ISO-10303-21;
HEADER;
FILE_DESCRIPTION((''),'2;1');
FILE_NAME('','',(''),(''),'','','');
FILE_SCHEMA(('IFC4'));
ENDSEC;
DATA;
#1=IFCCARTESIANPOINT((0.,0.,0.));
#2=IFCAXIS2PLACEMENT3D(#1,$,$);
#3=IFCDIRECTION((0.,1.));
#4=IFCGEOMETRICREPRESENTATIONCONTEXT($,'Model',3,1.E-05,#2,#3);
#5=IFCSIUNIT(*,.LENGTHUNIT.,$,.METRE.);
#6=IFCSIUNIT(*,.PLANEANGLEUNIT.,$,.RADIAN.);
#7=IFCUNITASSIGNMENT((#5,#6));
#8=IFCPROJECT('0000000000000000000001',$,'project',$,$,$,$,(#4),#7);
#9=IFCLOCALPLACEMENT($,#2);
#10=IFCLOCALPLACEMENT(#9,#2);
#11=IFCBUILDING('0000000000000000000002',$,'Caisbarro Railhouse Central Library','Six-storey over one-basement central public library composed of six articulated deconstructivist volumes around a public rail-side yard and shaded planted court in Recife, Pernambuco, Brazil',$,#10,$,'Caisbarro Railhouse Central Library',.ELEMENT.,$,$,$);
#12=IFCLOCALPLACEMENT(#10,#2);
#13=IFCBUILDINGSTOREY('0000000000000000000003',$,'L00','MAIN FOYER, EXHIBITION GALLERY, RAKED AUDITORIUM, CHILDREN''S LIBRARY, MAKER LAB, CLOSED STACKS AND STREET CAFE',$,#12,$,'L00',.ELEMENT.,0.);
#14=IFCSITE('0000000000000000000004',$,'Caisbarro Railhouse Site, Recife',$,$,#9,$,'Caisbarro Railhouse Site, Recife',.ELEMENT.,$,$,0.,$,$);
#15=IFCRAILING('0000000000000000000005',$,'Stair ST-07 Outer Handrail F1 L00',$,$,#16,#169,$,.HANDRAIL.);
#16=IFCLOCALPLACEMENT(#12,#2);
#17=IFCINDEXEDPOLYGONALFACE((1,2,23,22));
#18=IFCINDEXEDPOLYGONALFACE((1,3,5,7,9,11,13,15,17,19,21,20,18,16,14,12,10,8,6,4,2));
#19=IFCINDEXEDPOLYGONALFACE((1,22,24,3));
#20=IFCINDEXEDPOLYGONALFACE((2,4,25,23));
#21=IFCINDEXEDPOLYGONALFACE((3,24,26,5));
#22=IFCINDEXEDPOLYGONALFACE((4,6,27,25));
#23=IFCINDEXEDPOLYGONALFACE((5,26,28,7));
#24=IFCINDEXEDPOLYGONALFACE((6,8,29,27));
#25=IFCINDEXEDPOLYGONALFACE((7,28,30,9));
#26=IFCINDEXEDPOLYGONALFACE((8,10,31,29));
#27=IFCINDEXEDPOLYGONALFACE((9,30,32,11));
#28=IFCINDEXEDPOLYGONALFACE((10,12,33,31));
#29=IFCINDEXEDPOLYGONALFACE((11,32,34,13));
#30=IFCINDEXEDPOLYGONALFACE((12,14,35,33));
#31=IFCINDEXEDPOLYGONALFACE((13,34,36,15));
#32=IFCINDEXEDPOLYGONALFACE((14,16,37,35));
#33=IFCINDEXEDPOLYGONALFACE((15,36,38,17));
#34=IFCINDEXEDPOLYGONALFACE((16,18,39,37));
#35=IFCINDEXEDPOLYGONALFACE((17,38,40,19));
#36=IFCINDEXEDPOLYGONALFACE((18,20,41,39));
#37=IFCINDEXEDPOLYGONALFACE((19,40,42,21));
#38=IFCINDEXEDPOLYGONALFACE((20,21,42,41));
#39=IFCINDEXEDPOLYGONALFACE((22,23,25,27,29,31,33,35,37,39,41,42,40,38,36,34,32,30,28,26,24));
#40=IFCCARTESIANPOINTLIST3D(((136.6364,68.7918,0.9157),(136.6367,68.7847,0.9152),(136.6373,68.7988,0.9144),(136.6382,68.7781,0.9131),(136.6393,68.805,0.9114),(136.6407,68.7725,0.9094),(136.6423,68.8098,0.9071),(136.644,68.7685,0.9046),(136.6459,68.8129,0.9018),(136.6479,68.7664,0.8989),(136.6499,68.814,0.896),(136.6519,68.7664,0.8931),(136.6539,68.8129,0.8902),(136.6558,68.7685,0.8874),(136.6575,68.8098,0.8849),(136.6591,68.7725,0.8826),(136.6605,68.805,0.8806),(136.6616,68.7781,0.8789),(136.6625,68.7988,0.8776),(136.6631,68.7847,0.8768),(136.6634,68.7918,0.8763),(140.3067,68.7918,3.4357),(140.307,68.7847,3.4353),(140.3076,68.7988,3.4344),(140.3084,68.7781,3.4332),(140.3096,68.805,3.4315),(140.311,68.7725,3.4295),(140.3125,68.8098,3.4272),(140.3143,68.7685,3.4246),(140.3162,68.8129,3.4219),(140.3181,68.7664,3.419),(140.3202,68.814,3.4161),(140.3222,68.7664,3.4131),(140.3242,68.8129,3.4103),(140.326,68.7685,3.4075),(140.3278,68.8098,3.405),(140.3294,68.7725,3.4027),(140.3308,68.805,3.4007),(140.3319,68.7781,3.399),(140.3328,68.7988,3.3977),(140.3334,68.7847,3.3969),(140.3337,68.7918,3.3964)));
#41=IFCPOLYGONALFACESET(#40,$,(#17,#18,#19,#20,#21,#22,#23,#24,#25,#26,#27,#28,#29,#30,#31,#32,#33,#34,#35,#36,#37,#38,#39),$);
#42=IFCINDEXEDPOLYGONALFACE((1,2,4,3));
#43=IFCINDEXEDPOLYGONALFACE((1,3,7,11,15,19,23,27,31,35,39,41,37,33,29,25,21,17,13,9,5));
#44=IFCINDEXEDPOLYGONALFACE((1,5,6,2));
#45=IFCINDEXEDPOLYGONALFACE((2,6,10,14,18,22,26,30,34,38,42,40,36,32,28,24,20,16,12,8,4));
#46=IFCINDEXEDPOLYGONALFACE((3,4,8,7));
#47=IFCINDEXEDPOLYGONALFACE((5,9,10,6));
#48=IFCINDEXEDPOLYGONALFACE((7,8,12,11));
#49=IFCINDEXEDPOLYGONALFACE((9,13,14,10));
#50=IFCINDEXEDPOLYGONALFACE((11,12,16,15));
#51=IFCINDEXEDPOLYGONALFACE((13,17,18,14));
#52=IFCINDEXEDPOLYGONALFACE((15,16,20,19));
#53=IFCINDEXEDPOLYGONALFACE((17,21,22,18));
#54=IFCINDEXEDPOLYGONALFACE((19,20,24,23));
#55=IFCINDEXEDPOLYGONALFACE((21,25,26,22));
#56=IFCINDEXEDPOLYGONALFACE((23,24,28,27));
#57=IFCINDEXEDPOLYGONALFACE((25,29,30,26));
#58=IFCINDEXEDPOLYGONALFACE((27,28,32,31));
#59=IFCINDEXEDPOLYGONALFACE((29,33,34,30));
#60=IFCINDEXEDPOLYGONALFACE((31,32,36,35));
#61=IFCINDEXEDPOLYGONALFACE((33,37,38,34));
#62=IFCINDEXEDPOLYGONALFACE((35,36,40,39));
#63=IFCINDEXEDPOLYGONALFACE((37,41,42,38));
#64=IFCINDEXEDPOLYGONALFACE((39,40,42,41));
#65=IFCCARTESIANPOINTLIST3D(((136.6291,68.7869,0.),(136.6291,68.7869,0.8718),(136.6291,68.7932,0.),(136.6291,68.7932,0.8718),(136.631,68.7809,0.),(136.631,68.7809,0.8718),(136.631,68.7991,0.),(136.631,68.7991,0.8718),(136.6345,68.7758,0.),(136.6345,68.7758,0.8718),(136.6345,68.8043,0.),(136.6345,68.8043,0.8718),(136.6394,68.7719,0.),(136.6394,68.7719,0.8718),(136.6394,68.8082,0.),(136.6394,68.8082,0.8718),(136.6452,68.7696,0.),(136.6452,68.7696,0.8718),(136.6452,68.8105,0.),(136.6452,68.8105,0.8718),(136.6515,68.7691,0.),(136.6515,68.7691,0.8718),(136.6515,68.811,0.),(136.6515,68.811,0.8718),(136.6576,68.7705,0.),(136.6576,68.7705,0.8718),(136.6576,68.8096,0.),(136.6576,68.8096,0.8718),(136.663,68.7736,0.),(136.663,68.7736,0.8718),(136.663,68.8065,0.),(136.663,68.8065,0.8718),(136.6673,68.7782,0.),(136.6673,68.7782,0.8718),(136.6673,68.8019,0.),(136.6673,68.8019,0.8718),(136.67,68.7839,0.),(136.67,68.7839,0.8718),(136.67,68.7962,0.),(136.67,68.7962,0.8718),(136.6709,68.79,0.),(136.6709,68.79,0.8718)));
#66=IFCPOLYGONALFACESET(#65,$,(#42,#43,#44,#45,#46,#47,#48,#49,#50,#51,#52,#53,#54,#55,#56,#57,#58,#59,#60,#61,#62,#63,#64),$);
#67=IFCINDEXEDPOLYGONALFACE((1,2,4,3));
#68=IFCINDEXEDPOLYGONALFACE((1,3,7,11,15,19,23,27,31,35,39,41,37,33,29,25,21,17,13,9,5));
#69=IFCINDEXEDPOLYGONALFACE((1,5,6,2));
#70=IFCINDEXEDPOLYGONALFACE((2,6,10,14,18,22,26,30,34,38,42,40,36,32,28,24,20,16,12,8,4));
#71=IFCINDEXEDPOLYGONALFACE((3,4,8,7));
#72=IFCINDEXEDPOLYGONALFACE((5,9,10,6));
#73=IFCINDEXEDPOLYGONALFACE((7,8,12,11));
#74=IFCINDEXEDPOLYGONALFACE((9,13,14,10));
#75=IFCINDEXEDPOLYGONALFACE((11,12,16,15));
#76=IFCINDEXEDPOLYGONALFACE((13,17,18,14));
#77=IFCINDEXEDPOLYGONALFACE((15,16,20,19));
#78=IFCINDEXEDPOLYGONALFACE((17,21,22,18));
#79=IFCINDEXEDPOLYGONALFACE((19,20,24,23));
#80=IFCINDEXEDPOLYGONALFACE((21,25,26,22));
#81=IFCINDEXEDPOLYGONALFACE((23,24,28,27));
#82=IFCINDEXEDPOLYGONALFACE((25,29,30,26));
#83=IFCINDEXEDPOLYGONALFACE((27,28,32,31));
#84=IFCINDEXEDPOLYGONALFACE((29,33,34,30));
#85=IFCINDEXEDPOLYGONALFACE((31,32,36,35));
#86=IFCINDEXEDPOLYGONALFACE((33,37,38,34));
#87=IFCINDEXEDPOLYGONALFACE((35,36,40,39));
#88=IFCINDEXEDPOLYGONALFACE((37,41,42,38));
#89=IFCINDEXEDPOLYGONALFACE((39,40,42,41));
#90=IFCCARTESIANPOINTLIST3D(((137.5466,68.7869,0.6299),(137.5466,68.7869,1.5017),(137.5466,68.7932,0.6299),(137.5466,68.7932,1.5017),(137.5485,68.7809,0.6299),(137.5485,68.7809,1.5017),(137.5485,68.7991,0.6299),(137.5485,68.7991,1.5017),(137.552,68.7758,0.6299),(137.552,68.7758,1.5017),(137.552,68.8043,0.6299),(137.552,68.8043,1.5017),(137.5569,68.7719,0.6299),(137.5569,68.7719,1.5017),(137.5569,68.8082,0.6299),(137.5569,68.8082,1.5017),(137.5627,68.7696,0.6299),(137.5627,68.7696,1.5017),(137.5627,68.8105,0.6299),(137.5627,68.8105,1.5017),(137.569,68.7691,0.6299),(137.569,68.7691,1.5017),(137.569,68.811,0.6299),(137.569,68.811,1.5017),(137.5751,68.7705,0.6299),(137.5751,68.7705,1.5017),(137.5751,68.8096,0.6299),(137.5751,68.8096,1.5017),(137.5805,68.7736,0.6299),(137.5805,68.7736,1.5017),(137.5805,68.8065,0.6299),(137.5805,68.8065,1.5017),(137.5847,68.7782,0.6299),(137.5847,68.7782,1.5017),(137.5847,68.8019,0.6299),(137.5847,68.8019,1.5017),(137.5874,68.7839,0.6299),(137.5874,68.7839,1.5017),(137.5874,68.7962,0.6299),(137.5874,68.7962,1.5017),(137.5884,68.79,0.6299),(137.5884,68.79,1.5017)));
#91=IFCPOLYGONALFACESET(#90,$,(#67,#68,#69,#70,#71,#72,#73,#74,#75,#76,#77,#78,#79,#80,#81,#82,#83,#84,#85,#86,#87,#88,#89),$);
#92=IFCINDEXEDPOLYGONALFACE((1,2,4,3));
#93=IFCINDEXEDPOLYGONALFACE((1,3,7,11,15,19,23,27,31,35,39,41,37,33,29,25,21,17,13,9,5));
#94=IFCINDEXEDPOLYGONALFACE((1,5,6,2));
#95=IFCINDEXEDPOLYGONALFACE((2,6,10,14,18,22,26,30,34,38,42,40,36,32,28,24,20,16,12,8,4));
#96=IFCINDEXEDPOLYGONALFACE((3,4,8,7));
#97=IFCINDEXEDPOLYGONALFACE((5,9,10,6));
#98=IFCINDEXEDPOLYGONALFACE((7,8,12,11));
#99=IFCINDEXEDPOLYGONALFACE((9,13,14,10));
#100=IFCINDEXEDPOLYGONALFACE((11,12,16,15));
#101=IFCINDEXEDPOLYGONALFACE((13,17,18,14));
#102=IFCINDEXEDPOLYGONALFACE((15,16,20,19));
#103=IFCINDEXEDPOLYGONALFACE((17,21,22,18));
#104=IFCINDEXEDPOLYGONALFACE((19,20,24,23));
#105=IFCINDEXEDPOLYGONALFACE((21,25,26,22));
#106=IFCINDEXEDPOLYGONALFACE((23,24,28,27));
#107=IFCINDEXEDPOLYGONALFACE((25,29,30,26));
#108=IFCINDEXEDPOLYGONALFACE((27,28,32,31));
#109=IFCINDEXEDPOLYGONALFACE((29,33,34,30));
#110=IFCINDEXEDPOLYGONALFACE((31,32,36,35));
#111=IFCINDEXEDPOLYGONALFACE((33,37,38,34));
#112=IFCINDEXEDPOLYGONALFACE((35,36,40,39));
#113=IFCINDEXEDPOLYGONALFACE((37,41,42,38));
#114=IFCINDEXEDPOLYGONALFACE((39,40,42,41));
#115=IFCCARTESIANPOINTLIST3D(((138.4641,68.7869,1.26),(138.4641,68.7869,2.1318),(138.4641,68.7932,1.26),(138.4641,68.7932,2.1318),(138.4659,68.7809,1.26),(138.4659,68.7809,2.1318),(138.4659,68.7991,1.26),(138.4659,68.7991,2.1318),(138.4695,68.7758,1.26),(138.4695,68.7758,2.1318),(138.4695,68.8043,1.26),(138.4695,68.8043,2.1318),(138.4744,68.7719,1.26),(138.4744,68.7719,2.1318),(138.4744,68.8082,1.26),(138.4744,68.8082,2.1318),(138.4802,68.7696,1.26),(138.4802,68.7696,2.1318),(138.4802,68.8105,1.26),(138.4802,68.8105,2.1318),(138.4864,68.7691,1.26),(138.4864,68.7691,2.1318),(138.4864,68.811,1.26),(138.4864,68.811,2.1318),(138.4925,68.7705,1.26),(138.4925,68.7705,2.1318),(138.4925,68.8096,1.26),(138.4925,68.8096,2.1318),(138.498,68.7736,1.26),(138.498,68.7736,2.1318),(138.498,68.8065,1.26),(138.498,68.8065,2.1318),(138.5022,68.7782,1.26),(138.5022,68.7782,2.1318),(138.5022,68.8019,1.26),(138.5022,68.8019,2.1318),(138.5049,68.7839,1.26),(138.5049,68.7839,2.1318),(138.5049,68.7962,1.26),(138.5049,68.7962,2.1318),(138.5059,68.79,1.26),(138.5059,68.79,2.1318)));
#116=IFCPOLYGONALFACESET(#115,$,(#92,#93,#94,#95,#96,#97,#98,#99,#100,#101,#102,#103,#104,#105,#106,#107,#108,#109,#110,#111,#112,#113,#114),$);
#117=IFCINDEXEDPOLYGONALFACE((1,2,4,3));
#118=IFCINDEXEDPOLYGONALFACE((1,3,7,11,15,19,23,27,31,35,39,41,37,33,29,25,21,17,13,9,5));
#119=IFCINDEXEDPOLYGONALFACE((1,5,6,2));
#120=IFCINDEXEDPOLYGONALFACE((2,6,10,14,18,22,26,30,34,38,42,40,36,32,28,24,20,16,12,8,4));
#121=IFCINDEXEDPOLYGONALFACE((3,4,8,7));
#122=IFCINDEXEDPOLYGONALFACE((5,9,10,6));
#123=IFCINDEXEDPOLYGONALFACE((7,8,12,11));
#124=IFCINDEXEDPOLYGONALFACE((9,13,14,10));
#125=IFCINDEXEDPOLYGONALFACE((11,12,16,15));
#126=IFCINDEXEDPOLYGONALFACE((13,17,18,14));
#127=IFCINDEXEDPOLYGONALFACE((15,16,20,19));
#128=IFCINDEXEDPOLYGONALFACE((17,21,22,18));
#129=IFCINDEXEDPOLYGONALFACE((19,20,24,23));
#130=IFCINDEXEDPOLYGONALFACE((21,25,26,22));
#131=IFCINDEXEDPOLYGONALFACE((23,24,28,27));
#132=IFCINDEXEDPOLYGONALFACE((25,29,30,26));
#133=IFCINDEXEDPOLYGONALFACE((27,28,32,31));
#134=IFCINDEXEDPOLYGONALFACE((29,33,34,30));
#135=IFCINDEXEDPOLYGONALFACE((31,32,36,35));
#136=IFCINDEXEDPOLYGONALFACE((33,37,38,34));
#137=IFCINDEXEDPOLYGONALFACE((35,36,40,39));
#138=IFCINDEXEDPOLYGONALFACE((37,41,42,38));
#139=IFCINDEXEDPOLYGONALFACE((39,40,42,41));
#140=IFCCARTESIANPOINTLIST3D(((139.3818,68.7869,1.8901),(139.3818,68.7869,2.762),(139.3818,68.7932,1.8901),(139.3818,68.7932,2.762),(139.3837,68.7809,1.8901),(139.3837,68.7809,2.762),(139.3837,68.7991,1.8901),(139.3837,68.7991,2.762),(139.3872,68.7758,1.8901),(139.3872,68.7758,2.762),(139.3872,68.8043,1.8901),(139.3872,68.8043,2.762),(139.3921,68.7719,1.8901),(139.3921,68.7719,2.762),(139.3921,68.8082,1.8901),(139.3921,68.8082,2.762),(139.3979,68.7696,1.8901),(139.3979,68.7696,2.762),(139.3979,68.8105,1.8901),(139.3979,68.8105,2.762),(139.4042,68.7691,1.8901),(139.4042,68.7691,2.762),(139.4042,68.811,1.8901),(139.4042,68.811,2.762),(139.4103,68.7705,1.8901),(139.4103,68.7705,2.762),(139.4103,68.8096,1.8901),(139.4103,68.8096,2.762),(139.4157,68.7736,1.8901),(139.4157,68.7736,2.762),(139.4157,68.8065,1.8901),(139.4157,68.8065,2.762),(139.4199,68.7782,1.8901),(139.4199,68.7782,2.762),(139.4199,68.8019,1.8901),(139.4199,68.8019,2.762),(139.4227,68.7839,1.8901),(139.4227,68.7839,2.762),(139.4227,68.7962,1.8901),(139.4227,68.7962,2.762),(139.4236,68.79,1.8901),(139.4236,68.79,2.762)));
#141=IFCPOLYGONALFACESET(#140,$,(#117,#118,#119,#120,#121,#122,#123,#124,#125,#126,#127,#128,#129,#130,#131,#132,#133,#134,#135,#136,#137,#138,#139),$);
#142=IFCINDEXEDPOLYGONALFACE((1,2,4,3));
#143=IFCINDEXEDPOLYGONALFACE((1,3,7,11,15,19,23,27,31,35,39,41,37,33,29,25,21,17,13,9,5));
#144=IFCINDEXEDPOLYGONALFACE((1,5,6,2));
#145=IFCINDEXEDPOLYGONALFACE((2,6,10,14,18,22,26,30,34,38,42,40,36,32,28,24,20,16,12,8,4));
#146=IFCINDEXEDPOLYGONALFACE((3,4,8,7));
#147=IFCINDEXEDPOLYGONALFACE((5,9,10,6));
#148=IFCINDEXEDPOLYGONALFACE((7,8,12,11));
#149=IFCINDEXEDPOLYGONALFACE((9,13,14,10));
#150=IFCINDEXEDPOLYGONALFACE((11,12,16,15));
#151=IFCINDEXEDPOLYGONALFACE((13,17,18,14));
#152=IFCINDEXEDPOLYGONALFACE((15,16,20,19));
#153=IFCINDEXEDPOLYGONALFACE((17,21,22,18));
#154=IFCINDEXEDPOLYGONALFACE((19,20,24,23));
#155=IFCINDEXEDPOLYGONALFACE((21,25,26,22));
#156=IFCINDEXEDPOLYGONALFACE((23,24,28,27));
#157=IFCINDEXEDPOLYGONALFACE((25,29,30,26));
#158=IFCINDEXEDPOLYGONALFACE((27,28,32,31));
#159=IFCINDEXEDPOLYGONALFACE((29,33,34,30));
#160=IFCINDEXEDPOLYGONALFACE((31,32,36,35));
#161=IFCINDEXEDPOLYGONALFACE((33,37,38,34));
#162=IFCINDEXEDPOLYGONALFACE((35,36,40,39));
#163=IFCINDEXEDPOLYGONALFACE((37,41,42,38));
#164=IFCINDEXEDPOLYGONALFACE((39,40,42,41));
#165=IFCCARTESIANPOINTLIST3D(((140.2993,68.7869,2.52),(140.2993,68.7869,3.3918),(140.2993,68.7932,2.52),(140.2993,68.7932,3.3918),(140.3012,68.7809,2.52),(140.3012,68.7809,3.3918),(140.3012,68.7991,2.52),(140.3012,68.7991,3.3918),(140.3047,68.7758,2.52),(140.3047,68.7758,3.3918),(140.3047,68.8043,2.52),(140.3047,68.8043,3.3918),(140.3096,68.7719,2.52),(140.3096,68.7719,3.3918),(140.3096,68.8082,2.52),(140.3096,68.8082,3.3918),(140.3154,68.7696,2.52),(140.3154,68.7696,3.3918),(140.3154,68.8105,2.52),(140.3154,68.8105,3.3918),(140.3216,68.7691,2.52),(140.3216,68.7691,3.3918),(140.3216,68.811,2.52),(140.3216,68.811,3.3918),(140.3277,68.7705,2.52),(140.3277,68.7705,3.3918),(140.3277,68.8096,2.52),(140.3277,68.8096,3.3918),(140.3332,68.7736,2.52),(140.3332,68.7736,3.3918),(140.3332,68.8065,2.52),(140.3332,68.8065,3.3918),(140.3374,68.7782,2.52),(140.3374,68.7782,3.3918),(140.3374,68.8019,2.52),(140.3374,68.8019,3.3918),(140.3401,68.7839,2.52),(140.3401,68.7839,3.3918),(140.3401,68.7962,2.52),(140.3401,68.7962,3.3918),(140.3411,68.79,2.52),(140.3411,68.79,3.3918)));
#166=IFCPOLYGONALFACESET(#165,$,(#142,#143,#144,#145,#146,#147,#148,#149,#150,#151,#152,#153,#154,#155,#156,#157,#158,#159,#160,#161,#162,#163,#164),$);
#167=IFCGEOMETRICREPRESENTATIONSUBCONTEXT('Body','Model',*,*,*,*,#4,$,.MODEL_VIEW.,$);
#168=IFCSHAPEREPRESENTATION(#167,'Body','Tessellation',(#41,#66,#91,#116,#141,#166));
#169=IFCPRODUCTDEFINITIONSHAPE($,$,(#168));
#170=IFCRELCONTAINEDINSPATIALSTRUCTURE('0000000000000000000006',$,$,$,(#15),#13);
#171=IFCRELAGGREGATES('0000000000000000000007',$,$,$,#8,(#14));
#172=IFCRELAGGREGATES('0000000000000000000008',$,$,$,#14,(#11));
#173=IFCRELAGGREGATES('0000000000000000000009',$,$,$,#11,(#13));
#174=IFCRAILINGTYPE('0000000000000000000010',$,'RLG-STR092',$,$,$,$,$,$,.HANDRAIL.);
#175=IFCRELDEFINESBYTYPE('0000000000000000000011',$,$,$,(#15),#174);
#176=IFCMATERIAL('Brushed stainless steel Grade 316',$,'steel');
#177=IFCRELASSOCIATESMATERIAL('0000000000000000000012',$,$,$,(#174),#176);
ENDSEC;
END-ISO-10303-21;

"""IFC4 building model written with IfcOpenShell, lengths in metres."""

from ifc_helpers import new_model, si_unit, direction, frame, origin, origin_2d, place, context, subcontext, project, spatial, circle, extrude, material, type_object, element, save


model = new_model("IFC4")

# Units and contexts
model_context = context("Model", 3, precision=1e-05, world=origin(), true_north=direction((0.0, 1.0)))
body_context = subcontext(model_context, "Body", "Model", "MODEL_VIEW")
ifc_project = project(units=[si_unit("LENGTHUNIT", "METRE"), si_unit("PLANEANGLEUNIT", "RADIAN")], contexts=[model_context])

# Site, building, storey
site_placement = place(None, origin())
site = spatial("IfcSite", under=ifc_project, at=site_placement, Name="Caisbarro Railhouse Site, Recife", LongName="Caisbarro Railhouse Site, Recife", CompositionType="ELEMENT", RefElevation=0.0)
building_placement = place(site_placement, origin())
building = spatial("IfcBuilding", under=site, at=building_placement, Name="Caisbarro Railhouse Central Library", Description="Six-storey over one-basement central public library composed of six articulated deconstructivist volumes around a public rail-side yard and shaded planted court in Recife, Pernambuco, Brazil", LongName="Caisbarro Railhouse Central Library", CompositionType="ELEMENT")
storey_placement = place(building_placement, origin())
storey = spatial("IfcBuildingStorey", under=building, at=storey_placement, Name="L00", Description="MAIN FOYER, EXHIBITION GALLERY, RAKED AUDITORIUM, CHILDREN'S LIBRARY, MAKER LAB, CLOSED STACKS AND STREET CAFE", LongName="L00", CompositionType="ELEMENT", Elevation=0.0)

# Railing
ifc_material_1 = material(Name="Brushed stainless steel Grade 316", Category="steel")
railing_type_1 = type_object("IfcRailingType", Name="RLG-STR092", PredefinedType="HANDRAIL", material=ifc_material_1)
railing_1_placement = place(storey_placement, frame((136.6499, 68.79, 0.0)))
element("IfcRailing", 1, at=railing_1_placement, inside=storey, type_object=railing_type_1, Name="Stair ST-07 Outer Handrail F1 L00", PredefinedType="HANDRAIL", context=body_context, shape_type="SweptSolid", body=[
    extrude(circle(Radius=0.0239, at=origin_2d()), frame((0.0, 0.0, 0.896), z_axis=(0.824379, 0.0, 0.566038), x_axis=(0.0, 1.0, 0.0)), (0.0, 0.0, 1.0), 4.4521),
    extrude(circle(Radius=0.021, at=origin_2d()), origin(), (0.0, 0.0, 1.0), 0.8718),
    extrude(circle(Radius=0.021, at=origin_2d()), frame((0.9175, 0.0, 0.6299)), (0.0, 0.0, 1.0), 0.8718),
    extrude(circle(Radius=0.021, at=origin_2d()), frame((1.835, 0.0, 1.26)), (0.0, 0.0, 1.0), 0.8718),
    extrude(circle(Radius=0.021, at=origin_2d()), frame((2.7527, 0.0, 1.8901)), (0.0, 0.0, 1.0), 0.8718),
    extrude(circle(Radius=0.021, at=origin_2d()), frame((3.6702, 0.0, 2.52)), (0.0, 0.0, 1.0), 0.8718),
])

save(model, "model.ifc")
